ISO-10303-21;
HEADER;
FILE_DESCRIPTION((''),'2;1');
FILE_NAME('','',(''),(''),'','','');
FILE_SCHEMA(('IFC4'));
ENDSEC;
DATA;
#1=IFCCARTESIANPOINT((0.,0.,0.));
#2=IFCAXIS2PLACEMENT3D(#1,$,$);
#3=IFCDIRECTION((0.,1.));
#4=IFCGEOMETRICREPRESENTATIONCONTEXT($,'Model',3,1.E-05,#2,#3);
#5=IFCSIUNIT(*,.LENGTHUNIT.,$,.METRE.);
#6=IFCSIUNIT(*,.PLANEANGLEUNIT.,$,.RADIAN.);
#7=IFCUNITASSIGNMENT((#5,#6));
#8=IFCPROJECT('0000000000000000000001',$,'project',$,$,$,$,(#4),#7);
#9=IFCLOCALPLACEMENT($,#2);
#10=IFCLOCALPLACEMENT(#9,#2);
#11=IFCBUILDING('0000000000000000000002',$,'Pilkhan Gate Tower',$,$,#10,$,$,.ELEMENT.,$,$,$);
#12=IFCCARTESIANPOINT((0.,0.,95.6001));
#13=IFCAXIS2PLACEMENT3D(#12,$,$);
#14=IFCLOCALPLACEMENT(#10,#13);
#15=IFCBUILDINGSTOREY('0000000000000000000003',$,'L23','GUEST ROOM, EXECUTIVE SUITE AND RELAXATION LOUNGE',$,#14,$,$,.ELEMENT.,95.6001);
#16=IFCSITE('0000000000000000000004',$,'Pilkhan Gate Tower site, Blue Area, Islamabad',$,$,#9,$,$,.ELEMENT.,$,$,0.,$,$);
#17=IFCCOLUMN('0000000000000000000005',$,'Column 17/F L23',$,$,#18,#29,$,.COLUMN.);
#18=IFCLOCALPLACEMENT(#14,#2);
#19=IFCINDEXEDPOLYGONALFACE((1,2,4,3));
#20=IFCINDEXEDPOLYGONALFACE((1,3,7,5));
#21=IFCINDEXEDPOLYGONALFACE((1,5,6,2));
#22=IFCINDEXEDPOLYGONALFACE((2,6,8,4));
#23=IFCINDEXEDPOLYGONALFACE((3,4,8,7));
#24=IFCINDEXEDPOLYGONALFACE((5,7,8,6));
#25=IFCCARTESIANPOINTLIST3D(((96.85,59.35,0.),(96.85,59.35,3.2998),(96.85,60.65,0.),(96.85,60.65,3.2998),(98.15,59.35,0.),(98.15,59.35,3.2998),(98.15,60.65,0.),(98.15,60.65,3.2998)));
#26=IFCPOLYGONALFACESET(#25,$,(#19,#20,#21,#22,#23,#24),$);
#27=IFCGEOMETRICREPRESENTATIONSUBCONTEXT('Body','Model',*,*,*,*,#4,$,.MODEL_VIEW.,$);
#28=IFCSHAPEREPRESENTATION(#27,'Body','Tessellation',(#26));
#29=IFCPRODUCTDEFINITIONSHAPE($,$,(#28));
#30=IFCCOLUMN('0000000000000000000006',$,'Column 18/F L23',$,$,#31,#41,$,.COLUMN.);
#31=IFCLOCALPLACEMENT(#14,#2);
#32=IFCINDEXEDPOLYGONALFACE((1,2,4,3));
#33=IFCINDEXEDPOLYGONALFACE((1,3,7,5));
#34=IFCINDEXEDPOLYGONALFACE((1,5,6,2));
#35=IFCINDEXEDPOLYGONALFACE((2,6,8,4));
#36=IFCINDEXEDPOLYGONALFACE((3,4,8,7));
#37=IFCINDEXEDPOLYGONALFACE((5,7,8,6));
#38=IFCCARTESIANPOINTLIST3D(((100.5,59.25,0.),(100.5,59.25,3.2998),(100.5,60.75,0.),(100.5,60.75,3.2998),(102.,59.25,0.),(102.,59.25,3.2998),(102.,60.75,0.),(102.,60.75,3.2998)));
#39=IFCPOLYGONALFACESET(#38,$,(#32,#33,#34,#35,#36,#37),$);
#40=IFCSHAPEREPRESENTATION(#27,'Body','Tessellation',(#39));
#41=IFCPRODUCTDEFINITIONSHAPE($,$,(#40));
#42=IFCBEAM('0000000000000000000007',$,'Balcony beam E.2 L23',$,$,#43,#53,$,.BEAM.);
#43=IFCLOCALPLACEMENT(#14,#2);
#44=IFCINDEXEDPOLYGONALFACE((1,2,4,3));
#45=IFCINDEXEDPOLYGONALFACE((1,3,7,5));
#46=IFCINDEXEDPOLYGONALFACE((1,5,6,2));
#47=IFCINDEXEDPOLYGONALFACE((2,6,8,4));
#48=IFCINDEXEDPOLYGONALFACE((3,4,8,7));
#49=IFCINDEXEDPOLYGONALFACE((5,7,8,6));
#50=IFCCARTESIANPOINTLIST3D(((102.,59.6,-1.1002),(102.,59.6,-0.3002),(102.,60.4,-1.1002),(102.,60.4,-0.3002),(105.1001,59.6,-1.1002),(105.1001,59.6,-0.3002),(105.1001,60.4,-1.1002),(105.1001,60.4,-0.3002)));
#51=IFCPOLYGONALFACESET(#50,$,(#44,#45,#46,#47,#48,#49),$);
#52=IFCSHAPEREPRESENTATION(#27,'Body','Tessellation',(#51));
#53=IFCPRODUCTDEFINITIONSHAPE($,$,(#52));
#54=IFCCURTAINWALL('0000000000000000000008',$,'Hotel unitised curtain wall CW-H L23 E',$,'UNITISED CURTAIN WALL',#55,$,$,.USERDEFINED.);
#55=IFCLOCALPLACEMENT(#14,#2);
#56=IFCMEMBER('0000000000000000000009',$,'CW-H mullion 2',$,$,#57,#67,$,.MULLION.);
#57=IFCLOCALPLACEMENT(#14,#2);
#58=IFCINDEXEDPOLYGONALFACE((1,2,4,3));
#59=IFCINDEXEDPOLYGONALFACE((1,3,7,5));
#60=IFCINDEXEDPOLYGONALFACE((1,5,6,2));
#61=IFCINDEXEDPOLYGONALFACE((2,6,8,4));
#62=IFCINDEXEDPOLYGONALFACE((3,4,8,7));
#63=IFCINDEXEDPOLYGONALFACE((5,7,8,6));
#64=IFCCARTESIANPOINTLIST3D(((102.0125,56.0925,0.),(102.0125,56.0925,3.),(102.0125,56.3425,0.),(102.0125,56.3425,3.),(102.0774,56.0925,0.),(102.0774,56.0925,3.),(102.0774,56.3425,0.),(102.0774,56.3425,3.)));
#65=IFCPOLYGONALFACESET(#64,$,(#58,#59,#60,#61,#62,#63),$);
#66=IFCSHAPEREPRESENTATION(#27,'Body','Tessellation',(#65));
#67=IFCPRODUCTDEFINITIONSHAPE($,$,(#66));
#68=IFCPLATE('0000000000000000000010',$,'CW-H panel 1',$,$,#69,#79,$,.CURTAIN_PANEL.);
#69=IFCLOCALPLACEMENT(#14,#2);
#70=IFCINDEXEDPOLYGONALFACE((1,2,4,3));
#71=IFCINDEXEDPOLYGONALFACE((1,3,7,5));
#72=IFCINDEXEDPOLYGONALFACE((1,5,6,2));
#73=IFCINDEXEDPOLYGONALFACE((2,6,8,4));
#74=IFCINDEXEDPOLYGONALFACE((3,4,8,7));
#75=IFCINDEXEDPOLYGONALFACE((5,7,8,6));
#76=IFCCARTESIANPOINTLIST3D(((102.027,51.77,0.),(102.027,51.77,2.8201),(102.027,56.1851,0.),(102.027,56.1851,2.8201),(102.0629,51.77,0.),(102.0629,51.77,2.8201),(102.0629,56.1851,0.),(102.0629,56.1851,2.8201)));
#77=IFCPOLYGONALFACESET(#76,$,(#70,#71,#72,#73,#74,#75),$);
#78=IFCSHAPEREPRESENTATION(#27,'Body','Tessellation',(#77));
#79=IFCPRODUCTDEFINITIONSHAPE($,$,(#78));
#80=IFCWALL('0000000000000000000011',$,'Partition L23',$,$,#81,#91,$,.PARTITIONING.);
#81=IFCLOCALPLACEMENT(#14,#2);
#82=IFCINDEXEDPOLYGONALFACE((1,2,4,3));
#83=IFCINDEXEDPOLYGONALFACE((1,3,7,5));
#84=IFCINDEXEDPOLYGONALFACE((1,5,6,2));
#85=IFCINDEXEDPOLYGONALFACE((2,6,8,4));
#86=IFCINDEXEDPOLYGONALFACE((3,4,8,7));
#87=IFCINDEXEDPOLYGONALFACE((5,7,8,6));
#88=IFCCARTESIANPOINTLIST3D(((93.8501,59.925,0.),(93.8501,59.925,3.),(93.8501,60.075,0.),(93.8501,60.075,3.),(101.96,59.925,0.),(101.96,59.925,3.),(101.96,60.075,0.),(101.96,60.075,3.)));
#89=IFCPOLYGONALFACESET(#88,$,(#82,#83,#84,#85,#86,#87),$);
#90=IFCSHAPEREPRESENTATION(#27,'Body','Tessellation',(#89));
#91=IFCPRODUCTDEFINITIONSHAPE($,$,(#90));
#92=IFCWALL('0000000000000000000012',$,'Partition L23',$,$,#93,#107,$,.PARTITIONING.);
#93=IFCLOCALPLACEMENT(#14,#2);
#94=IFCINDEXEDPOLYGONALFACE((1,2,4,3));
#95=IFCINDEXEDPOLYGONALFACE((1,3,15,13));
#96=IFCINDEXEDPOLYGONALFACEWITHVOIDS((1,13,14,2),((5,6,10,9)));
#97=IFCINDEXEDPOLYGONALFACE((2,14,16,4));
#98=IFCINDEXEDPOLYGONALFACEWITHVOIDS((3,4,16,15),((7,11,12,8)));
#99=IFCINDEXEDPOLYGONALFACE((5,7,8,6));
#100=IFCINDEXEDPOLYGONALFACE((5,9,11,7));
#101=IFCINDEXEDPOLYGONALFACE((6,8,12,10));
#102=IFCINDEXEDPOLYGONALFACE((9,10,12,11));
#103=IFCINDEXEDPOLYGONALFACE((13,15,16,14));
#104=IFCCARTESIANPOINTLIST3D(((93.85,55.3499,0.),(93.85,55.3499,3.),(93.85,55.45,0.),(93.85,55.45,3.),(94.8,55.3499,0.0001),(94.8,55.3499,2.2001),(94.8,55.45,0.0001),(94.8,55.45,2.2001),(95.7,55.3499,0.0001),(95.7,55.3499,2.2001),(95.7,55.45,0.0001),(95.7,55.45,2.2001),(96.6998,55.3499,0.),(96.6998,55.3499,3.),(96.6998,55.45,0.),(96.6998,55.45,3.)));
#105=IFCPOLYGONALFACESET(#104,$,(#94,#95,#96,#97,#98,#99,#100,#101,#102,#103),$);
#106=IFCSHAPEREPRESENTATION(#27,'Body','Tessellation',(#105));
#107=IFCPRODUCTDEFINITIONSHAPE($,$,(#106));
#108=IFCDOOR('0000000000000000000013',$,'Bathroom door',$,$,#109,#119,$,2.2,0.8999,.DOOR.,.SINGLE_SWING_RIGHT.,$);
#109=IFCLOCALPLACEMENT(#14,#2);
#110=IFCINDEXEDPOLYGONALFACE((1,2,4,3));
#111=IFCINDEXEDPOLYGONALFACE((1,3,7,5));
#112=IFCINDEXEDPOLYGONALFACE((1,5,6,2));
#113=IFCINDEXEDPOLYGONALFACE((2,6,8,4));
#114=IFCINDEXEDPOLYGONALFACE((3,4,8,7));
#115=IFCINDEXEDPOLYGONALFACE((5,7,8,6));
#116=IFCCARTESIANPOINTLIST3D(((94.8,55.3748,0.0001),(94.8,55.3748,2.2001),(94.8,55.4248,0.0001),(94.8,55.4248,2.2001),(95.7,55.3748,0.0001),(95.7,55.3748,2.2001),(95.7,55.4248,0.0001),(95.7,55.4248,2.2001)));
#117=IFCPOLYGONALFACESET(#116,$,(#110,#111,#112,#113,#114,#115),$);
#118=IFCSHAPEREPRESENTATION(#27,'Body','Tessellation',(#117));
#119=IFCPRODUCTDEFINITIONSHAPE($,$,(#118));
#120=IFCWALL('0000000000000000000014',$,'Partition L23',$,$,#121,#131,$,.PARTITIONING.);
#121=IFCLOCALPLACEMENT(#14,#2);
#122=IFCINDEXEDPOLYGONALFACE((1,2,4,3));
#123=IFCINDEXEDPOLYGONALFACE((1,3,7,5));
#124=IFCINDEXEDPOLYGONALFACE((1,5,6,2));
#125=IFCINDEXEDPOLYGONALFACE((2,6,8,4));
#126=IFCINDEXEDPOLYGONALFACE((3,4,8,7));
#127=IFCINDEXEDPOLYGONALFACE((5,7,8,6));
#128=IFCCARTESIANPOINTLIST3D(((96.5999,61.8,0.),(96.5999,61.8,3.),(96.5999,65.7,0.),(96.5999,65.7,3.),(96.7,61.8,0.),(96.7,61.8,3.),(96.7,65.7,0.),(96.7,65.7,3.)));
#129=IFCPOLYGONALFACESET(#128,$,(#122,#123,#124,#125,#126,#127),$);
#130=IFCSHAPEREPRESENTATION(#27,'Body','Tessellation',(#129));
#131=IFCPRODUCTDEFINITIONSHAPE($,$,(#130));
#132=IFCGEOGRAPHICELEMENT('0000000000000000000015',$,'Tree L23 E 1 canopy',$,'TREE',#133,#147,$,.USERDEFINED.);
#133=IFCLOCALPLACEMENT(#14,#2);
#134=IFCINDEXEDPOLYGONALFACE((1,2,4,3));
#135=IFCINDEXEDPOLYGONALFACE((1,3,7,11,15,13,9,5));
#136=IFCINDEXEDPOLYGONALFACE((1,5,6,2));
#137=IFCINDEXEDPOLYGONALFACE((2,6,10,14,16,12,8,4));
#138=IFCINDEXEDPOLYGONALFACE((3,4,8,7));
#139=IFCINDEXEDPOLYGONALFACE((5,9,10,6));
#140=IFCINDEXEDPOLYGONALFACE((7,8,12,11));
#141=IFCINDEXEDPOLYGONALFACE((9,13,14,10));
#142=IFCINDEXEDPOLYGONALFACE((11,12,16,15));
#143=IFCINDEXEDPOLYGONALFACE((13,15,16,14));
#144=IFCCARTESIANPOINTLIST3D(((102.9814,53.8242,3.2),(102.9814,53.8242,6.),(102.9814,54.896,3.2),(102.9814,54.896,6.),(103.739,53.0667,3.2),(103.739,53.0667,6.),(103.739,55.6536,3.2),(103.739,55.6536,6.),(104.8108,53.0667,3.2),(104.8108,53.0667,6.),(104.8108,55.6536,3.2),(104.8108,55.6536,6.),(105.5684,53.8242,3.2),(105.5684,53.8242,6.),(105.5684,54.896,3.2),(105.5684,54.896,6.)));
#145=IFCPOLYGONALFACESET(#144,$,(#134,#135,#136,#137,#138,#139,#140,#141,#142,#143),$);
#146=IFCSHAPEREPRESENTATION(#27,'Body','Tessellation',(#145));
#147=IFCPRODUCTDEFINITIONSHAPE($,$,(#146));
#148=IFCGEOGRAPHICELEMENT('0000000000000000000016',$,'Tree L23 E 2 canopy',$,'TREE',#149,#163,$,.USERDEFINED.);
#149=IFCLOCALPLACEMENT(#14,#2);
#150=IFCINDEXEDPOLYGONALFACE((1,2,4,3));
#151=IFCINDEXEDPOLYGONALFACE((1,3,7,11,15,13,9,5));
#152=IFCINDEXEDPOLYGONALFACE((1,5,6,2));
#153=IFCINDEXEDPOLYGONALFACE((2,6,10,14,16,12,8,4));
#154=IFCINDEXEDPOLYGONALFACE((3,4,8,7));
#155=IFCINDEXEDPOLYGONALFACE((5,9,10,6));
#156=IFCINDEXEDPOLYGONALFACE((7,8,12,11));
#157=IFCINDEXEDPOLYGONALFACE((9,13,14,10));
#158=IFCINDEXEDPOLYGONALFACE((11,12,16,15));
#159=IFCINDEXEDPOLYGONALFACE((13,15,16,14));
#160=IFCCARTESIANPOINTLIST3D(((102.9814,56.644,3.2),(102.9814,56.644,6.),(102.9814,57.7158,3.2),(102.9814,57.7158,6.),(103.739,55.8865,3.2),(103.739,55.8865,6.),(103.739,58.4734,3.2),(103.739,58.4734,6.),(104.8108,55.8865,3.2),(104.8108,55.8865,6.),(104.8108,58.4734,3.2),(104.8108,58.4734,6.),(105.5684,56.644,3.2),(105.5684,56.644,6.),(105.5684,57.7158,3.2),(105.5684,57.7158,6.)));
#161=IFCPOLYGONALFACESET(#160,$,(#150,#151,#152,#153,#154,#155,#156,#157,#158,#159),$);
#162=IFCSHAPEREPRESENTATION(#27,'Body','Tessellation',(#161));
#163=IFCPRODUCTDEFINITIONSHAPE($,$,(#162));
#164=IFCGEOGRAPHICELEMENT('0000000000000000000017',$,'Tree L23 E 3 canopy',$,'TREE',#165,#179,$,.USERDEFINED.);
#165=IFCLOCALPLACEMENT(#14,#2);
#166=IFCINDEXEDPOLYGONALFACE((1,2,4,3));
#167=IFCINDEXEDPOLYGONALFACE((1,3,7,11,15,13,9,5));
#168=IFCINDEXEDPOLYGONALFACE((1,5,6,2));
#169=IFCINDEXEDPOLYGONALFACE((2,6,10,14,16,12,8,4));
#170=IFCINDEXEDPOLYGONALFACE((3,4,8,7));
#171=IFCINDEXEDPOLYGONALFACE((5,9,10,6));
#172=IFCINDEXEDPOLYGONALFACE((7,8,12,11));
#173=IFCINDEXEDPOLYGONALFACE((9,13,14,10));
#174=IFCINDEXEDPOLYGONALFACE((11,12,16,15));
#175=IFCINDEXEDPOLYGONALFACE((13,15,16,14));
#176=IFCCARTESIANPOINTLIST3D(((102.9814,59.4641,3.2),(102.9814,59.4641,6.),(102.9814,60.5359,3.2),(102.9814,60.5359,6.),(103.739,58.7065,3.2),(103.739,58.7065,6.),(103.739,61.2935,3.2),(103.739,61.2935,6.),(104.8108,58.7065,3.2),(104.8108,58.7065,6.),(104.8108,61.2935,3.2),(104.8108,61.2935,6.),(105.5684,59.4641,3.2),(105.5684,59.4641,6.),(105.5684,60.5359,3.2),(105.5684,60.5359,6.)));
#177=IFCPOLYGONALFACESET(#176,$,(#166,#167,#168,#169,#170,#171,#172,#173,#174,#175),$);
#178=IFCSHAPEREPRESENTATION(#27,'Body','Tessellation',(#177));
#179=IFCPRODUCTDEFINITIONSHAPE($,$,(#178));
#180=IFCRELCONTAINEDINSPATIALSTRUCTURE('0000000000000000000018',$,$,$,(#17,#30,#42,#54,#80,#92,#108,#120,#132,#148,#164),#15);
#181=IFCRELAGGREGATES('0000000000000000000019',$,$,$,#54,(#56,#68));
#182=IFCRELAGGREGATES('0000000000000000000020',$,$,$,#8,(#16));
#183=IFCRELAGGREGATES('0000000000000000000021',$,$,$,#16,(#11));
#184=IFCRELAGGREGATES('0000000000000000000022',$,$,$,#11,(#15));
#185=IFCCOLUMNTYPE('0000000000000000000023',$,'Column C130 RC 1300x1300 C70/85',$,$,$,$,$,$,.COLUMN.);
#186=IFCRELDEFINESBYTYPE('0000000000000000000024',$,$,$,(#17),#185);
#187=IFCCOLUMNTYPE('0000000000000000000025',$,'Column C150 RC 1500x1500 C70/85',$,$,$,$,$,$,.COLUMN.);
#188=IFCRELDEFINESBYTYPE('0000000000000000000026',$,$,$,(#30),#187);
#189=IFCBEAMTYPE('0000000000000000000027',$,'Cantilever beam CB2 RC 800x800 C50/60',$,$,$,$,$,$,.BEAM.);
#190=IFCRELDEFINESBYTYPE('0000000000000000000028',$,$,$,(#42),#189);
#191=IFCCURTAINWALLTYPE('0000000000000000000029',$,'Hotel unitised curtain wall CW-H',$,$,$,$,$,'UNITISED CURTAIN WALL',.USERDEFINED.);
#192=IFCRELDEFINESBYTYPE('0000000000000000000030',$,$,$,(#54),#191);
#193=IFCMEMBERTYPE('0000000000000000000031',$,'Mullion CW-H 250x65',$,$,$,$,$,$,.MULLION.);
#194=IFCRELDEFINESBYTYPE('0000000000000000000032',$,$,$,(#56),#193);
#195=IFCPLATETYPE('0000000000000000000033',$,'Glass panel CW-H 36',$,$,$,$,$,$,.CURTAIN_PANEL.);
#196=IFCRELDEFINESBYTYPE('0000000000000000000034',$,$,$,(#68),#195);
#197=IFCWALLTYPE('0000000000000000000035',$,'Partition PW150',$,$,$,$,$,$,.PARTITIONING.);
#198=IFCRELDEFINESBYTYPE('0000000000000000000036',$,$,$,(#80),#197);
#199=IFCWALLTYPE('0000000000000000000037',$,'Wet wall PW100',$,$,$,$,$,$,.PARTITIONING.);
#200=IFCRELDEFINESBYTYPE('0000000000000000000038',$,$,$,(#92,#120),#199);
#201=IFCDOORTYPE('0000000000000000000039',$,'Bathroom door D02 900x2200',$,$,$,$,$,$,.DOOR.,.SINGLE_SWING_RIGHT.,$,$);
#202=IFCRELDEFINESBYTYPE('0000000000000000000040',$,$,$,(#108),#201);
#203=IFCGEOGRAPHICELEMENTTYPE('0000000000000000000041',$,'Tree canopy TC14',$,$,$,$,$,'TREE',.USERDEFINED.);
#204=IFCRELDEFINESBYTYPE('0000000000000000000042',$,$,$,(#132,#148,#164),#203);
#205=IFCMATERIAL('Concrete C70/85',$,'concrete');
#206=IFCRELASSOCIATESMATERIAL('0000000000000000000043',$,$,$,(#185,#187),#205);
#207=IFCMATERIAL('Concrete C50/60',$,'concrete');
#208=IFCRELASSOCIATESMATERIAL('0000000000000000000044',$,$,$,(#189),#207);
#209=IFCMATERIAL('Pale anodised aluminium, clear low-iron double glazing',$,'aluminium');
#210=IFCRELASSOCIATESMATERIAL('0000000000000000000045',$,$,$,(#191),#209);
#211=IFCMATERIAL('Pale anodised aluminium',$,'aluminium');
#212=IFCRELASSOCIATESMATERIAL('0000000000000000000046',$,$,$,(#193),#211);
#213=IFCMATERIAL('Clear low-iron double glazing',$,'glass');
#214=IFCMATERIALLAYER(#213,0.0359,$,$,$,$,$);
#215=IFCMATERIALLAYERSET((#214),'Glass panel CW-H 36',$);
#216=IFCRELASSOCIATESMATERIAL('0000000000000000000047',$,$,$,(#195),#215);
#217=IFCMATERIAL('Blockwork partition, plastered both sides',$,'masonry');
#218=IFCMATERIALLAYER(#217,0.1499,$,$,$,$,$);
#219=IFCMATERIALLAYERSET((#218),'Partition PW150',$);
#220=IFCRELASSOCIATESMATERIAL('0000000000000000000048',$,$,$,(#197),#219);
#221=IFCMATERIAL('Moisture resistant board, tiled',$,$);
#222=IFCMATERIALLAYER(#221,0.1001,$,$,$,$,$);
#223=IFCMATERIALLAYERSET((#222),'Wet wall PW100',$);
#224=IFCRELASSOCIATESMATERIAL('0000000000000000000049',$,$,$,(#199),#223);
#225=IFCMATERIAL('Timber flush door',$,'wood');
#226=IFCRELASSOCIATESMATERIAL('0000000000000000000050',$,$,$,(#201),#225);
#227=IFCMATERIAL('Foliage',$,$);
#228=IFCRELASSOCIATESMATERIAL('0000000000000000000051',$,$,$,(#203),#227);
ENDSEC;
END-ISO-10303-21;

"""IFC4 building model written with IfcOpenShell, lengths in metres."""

from ifc_helpers import new_model, si_unit, direction, frame, frame_2d, origin, origin_2d, place, context, subcontext, project, spatial, polyline, rectangle, outline, extrude, material, layer, layer_set, material_profile, profile_set, type_object, element, fill, aggregate, save


model = new_model("IFC4")

# Units and contexts
model_context = context("Model", 3, precision=1e-05, world=origin(), true_north=direction((0.0, 1.0)))
body_context = subcontext(model_context, "Body", "Model", "MODEL_VIEW")
ifc_project = project(units=[si_unit("LENGTHUNIT", "METRE"), si_unit("PLANEANGLEUNIT", "RADIAN")], contexts=[model_context])

# Site, building, storey
site_placement = place(None, origin())
site = spatial("IfcSite", under=ifc_project, at=site_placement, Name="Pilkhan Gate Tower site, Blue Area, Islamabad", CompositionType="ELEMENT", RefElevation=0.0)
building_placement = place(site_placement, origin())
building = spatial("IfcBuilding", under=site, at=building_placement, Name="Pilkhan Gate Tower", CompositionType="ELEMENT")
storey_placement = place(building_placement, frame((0.0, 0.0, 95.6001)))
storey = spatial("IfcBuildingStorey", under=building, at=storey_placement, Name="L23", Description="GUEST ROOM, EXECUTIVE SUITE AND RELAXATION LOUNGE", CompositionType="ELEMENT", Elevation=95.6001)

# Columns
ifc_material_1 = material(Name="Concrete C70/85", Category="concrete")
ifc_material_profile_1 = material_profile(ifc_material_1, rectangle(XDim=1.3, YDim=1.3, at=origin_2d()), Name="RC 1300x1300")
ifc_profile_set_1 = profile_set([ifc_material_profile_1], Name="Concrete C70/85")
column_type_1 = type_object("IfcColumnType", Name="Column C130 RC 1300x1300 C70/85", PredefinedType="COLUMN", material=ifc_profile_set_1)
column_1_placement = place(storey_placement, frame((97.5, 60.0, 0.0), z_axis=(0.0, 0.0, 1.0), x_axis=(1.0, 0.0, 0.0)))
element("IfcColumn", 1, at=column_1_placement, inside=storey, type_object=column_type_1, Name="Column 17/F L23", PredefinedType="COLUMN", context=body_context, shape_type="SweptSolid", body=[
    extrude(rectangle(XDim=1.3, YDim=1.3, at=origin_2d()), origin(), (0.0, 0.0, 1.0), 3.2998),
])
ifc_material_profile_2 = material_profile(ifc_material_1, rectangle(XDim=1.5, YDim=1.5, at=origin_2d()), Name="RC 1500x1500")
ifc_profile_set_2 = profile_set([ifc_material_profile_2], Name="Concrete C70/85")
column_type_2 = type_object("IfcColumnType", Name="Column C150 RC 1500x1500 C70/85", PredefinedType="COLUMN", material=ifc_profile_set_2)
column_2_placement = place(storey_placement, frame((101.25, 60.0, 0.0), z_axis=(0.0, 0.0, 1.0), x_axis=(1.0, 0.0, 0.0)))
element("IfcColumn", 2, at=column_2_placement, inside=storey, type_object=column_type_2, Name="Column 18/F L23", PredefinedType="COLUMN", context=body_context, shape_type="SweptSolid", body=[
    extrude(rectangle(XDim=1.5, YDim=1.5, at=origin_2d()), origin(), (0.0, 0.0, 1.0), 3.2998),
])

# Beam
ifc_material_2 = material(Name="Concrete C50/60", Category="concrete")
ifc_material_profile_3 = material_profile(ifc_material_2, rectangle(XDim=0.8, YDim=0.8, at=origin_2d()), Name="RC 800x800")
ifc_profile_set_3 = profile_set([ifc_material_profile_3], Name="Concrete C50/60")
beam_type = type_object("IfcBeamType", Name="Cantilever beam CB2 RC 800x800 C50/60", PredefinedType="BEAM", material=ifc_profile_set_3)
beam_placement = place(storey_placement, frame((102.0, 60.0, -0.7002), z_axis=(1.0, 0.0, 0.0), x_axis=(0.0, 1.0, 0.0)))
element("IfcBeam", 3, at=beam_placement, inside=storey, type_object=beam_type, Name="Balcony beam E.2 L23", PredefinedType="BEAM", context=body_context, shape_type="SweptSolid", body=[
    extrude(rectangle(XDim=0.8, YDim=0.8, at=origin_2d()), origin(), (0.0, 0.0, 1.0), 3.1001),
])

# Curtain wall, member, plate
ifc_material_3 = material(Name="Pale anodised aluminium, clear low-iron double glazing", Category="aluminium")
curtain_wall_type = type_object("IfcCurtainWallType", Name="Hotel unitised curtain wall CW-H", ElementType="UNITISED CURTAIN WALL", PredefinedType="USERDEFINED", material=ifc_material_3)
curtain_wall_placement = place(storey_placement, origin())
curtain_wall = element("IfcCurtainWall", 4, at=curtain_wall_placement, inside=storey, type_object=curtain_wall_type, Name="Hotel unitised curtain wall CW-H L23 E", ObjectType="UNITISED CURTAIN WALL", PredefinedType="USERDEFINED")
ifc_material_4 = material(Name="Pale anodised aluminium", Category="aluminium")
ifc_material_profile_4 = material_profile(ifc_material_4, rectangle(XDim=0.0649, YDim=0.25, at=origin_2d()), Name="Mullion 250x65")
ifc_profile_set_4 = profile_set([ifc_material_profile_4], Name="Pale anodised aluminium")
member_type = type_object("IfcMemberType", Name="Mullion CW-H 250x65", PredefinedType="MULLION", material=ifc_profile_set_4)
member_placement = place(storey_placement, frame((102.0449, 56.2175, 0.0), z_axis=(0.0, 0.0, 1.0), x_axis=(-1.0, 0.0, 0.0)))
member = element("IfcMember", 5, at=member_placement, type_object=member_type, Name="CW-H mullion 2", PredefinedType="MULLION", context=body_context, shape_type="SweptSolid", body=[
    extrude(rectangle(XDim=0.0649, YDim=0.25, at=origin_2d()), origin(), (0.0, 0.0, 1.0), 3.0),
])
ifc_material_5 = material(Name="Clear low-iron double glazing", Category="glass")
ifc_layer_1 = layer(ifc_material_5, 0.0359)
ifc_layer_set_1 = layer_set([ifc_layer_1], Name="Glass panel CW-H 36")
plate_type = type_object("IfcPlateType", Name="Glass panel CW-H 36", PredefinedType="CURTAIN_PANEL", material=ifc_layer_set_1)
plate_placement = place(storey_placement, frame((102.0449, 53.9775, 0.0), z_axis=(0.0, 0.0, 1.0), x_axis=(0.0, 1.0, 0.0)))
plate = element("IfcPlate", 6, at=plate_placement, type_object=plate_type, Name="CW-H panel 1", PredefinedType="CURTAIN_PANEL", context=body_context, shape_type="SweptSolid", body=[
    extrude(rectangle(XDim=4.415, YDim=0.0359, at=origin_2d()), origin(), (0.0, 0.0, 1.0), 2.8201),
])
aggregate(curtain_wall, [member, plate])

# Wall
ifc_material_6 = material(Name="Blockwork partition, plastered both sides", Category="masonry")
ifc_layer_2 = layer(ifc_material_6, 0.1499)
ifc_layer_set_2 = layer_set([ifc_layer_2], Name="Partition PW150")
wall_type_1 = type_object("IfcWallType", Name="Partition PW150", PredefinedType="PARTITIONING", material=ifc_layer_set_2)
wall_1_placement = place(storey_placement, frame((93.8501, 60.0, 0.0), z_axis=(0.0, 0.0, 1.0), x_axis=(1.0, 0.0, 0.0)))
element("IfcWall", 7, at=wall_1_placement, inside=storey, type_object=wall_type_1, Name="Partition L23", PredefinedType="PARTITIONING", context=body_context, shape_type="SweptSolid", body=[
    extrude(rectangle(XDim=8.1099, YDim=0.1499, at=frame_2d((4.0549, 0.0))), origin(), (0.0, 0.0, 1.0), 3.0),
])

# Wall, opening, door
ifc_material_7 = material(Name="Moisture resistant board, tiled")
ifc_layer_3 = layer(ifc_material_7, 0.1001)
ifc_layer_set_3 = layer_set([ifc_layer_3], Name="Wet wall PW100")
wall_type_2 = type_object("IfcWallType", Name="Wet wall PW100", PredefinedType="PARTITIONING", material=ifc_layer_set_3)
wall_2_placement = place(storey_placement, frame((93.8501, 55.3999, 0.0), z_axis=(0.0, 0.0, 1.0), x_axis=(1.0, 0.0, 0.0)))
wall_2 = element("IfcWall", 8, at=wall_2_placement, inside=storey, type_object=wall_type_2, Name="Partition L23", PredefinedType="PARTITIONING", context=body_context, shape_type="SweptSolid", body=[
    extrude(rectangle(XDim=2.8499, YDim=0.1001, at=frame_2d((1.4248, 0.0))), origin(), (0.0, 0.0, 1.0), 3.0),
])
opening_1_placement = place(wall_2_placement, frame((0.95, 0.0, 0.0)))
opening_1 = element("IfcOpeningElement", 9, at=opening_1_placement, cuts=wall_2, PredefinedType="OPENING", context=body_context, shape_type="SweptSolid", body=[
    extrude(rectangle(XDim=0.8999, YDim=2.2, at=frame_2d((0.45, 1.1001))), frame((0.0, 0.0601, 0.0), z_axis=(0.0, -1.0, 0.0), x_axis=(1.0, 0.0, 0.0)), (0.0, 0.0, 1.0), 0.1201),
])
ifc_material_8 = material(Name="Timber flush door", Category="wood")
door_type_1 = type_object("IfcDoorType", Name="Bathroom door D02 900x2200", OperationType="SINGLE_SWING_RIGHT", PredefinedType="DOOR", material=ifc_material_8)
door_1_placement = place(opening_1_placement, origin())
door_1 = element("IfcDoor", 10, at=door_1_placement, inside=storey, type_object=door_type_1, Name="Bathroom door", OperationType="SINGLE_SWING_RIGHT", OverallHeight=2.2, OverallWidth=0.8999, PredefinedType="DOOR", context=body_context, shape_type="SweptSolid", body=[
    extrude(rectangle(XDim=0.8999, YDim=2.2, at=frame_2d((0.45, 1.1001))), frame((0.0, 0.0249, 0.0), z_axis=(0.0, -1.0, 0.0), x_axis=(1.0, 0.0, 0.0)), (0.0, 0.0, 1.0), 0.05),
])
fill(opening_1, door_1)

# Wall
wall_3_placement = place(storey_placement, frame((96.6499, 61.8, 0.0), z_axis=(0.0, 0.0, 1.0), x_axis=(0.0, 1.0, 0.0)))
element("IfcWall", 11, at=wall_3_placement, inside=storey, type_object=wall_type_2, Name="Partition L23", PredefinedType="PARTITIONING", context=body_context, shape_type="SweptSolid", body=[
    extrude(rectangle(XDim=3.8999, YDim=0.1001, at=frame_2d((1.95, 0.0))), origin(), (0.0, 0.0, 1.0), 3.0),
])

# Geographic elements
ifc_material_9 = material(Name="Foliage")
ifc_material_profile_5 = material_profile(ifc_material_9, outline(polyline([(1.2935, 0.5359), (0.5359, 1.2935), (-0.5359, 1.2935), (-1.2935, 0.5359), (-1.2935, -0.5359), (-0.5359, -1.2935), (0.5359, -1.2935), (1.2935, -0.5359), (1.2935, 0.5359)])), Name="Canopy D2.8")
ifc_profile_set_5 = profile_set([ifc_material_profile_5], Name="Foliage")
geographic_element_type_1 = type_object("IfcGeographicElementType", Name="Tree canopy TC14", ElementType="TREE", PredefinedType="USERDEFINED", material=ifc_profile_set_5)
for number, where, z_axis, x_axis, name in (
    (12, (104.2749, 54.3601, 3.2), (0.0, 0.0, 1.0), (1.0, 0.0, 0.0), "Tree L23 E 1 canopy"),
    (13, (104.2749, 57.1799, 3.2), (0.0, 0.0, 1.0), (1.0, 0.0, 0.0), "Tree L23 E 2 canopy"),
    (14, (104.2749, 60.0, 3.2), (0.0, 0.0, 1.0), (1.0, 0.0, 0.0), "Tree L23 E 3 canopy"),
):
    element("IfcGeographicElement", number, at=place(storey_placement, frame(where, z_axis=z_axis, x_axis=x_axis)), inside=storey, type_object=geographic_element_type_1, Name=name, ObjectType="TREE", PredefinedType="USERDEFINED", context=body_context, shape_type="SweptSolid", body=[
        extrude(outline(polyline([(1.2935, 0.5359), (0.5359, 1.2935), (-0.5359, 1.2935), (-1.2935, 0.5359), (-1.2935, -0.5359), (-0.5359, -1.2935), (0.5359, -1.2935), (1.2935, -0.5359), (1.2935, 0.5359)])), origin(), (0.0, 0.0, 1.0), 2.8),
    ])

save(model, "model.ifc")
